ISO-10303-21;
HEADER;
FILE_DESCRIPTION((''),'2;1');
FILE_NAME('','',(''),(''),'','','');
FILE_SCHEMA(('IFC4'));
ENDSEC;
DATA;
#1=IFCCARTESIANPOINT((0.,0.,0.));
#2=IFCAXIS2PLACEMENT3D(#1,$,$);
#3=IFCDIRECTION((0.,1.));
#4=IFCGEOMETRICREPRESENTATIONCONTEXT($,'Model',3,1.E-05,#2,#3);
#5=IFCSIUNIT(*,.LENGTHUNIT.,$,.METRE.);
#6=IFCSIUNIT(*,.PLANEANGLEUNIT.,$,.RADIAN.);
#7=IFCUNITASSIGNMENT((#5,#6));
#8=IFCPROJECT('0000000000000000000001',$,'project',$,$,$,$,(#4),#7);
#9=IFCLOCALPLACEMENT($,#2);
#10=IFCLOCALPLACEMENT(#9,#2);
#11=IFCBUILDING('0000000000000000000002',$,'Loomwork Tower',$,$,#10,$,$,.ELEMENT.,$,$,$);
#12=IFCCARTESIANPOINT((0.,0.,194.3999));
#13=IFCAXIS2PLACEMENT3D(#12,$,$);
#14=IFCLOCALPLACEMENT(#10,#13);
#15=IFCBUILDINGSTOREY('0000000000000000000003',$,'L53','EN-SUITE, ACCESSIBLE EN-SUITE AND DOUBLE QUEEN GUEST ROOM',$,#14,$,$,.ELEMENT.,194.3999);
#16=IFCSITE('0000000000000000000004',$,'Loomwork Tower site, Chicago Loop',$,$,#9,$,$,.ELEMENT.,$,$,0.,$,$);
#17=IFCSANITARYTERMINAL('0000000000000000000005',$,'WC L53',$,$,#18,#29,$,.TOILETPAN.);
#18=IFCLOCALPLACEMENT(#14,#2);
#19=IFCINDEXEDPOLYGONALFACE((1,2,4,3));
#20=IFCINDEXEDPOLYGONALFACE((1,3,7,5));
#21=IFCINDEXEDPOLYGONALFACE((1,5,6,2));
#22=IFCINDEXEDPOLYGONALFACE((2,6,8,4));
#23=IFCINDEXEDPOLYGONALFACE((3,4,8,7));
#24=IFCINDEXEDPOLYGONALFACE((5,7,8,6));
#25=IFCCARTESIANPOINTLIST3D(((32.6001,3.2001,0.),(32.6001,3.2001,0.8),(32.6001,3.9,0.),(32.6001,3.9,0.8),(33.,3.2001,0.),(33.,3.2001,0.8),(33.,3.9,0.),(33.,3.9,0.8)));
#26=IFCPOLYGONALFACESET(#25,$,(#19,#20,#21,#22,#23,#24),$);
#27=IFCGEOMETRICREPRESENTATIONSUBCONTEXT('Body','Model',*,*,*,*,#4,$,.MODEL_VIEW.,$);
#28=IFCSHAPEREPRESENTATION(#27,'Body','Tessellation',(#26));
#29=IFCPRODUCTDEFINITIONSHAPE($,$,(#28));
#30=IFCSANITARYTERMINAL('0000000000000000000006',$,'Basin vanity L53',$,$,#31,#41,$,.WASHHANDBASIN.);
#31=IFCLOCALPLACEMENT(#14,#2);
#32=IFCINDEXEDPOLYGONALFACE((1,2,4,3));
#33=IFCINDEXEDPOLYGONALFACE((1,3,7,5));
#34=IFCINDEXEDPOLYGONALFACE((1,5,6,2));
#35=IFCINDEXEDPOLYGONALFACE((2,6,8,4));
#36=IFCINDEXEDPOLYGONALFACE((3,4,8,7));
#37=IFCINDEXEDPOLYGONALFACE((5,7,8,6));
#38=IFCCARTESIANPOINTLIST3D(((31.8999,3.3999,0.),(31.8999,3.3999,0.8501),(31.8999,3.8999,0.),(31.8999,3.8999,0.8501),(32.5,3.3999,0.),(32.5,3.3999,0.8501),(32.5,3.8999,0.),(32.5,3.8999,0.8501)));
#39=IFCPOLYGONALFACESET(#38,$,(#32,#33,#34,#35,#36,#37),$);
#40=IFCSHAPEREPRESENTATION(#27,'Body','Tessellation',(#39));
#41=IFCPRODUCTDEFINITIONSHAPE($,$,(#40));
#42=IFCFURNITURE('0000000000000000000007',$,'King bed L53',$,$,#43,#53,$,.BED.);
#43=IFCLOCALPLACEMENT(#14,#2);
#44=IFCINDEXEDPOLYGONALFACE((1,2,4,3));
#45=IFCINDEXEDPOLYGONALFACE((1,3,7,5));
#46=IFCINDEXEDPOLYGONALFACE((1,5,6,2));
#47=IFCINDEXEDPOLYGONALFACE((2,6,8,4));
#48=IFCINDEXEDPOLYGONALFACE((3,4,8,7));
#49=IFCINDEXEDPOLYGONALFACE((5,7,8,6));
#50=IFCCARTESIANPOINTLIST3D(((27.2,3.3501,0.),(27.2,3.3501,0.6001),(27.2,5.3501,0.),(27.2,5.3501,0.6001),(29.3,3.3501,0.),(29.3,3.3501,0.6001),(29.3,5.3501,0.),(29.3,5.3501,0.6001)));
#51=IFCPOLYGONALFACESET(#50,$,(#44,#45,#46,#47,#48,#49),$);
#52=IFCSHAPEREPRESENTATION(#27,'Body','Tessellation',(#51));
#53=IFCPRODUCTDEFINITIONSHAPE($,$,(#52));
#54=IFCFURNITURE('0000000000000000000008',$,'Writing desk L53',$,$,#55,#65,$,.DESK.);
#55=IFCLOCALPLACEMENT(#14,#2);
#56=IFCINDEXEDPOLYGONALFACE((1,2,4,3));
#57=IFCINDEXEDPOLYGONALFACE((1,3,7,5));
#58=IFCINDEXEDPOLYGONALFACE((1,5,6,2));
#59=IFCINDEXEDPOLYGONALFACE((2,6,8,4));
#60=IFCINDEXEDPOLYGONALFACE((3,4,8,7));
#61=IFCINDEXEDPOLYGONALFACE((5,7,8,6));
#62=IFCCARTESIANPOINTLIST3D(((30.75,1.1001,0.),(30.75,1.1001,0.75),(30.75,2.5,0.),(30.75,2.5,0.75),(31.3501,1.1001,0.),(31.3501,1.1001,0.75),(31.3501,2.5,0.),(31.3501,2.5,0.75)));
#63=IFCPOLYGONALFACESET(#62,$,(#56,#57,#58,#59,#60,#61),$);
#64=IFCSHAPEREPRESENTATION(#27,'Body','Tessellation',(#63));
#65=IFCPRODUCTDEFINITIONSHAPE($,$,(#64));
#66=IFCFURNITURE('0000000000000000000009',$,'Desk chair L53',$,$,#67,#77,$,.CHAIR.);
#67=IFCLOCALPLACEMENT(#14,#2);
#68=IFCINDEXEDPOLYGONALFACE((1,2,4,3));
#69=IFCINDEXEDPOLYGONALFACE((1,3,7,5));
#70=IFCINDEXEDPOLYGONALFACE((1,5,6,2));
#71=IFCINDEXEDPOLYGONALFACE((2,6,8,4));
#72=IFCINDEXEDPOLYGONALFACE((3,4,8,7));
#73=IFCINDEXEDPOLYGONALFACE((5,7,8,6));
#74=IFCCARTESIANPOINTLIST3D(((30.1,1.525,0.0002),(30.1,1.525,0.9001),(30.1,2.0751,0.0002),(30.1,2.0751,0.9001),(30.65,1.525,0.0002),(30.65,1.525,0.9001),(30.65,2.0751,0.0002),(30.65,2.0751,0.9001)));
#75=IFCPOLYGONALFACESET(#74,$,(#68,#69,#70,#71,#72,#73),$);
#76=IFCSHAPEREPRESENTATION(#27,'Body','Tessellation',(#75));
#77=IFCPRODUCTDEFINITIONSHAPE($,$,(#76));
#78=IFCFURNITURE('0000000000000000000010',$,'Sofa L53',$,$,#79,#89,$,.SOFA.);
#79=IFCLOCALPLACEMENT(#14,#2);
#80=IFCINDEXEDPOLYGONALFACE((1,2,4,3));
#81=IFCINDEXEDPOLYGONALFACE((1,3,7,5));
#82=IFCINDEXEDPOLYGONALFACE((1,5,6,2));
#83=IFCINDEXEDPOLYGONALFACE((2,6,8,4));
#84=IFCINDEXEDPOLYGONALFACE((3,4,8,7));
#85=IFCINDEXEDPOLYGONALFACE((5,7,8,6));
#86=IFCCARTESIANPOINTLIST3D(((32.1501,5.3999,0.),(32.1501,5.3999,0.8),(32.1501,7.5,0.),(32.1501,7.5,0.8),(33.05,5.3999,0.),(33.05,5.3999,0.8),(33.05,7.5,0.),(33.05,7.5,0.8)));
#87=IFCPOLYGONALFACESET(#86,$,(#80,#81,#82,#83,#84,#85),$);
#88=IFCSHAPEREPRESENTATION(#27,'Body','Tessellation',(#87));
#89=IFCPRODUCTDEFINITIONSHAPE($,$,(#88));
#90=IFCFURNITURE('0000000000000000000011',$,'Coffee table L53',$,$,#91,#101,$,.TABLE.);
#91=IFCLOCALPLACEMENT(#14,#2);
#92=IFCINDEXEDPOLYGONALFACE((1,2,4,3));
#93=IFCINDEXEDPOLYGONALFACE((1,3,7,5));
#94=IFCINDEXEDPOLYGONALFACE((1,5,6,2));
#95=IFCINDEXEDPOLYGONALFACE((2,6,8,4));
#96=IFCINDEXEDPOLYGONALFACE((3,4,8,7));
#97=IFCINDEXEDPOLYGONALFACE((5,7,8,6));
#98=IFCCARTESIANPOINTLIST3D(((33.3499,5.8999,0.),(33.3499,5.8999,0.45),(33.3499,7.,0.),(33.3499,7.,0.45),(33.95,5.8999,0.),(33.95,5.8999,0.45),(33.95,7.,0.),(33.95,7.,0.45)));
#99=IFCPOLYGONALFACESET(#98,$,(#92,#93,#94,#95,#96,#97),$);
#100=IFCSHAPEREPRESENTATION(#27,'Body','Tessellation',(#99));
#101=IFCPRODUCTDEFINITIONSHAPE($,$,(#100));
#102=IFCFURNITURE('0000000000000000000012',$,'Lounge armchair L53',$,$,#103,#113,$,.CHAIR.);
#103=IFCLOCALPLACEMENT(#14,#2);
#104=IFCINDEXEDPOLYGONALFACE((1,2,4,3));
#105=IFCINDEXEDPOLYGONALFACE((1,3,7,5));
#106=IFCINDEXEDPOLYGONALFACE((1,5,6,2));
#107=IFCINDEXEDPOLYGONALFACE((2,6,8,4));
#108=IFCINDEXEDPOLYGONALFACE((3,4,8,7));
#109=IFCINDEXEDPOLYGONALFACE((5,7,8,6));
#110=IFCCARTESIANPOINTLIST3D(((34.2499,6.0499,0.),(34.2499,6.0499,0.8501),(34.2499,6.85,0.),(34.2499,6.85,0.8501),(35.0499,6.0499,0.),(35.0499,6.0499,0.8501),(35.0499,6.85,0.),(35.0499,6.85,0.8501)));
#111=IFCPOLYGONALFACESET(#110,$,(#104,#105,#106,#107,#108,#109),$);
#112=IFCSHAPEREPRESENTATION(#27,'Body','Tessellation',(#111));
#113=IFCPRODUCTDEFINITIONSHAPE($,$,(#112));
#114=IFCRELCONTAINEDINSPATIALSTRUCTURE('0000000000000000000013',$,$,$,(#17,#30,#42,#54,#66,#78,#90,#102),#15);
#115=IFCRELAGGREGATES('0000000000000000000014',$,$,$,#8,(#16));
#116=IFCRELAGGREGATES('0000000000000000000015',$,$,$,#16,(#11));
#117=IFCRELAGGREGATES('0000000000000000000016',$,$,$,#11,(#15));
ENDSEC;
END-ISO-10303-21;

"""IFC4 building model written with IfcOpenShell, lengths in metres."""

from ifc_helpers import new_model, si_unit, direction, frame, origin, origin_2d, place, context, subcontext, project, spatial, rectangle, extrude, element, save


model = new_model("IFC4")

# Units and contexts
model_context = context("Model", 3, precision=1e-05, world=origin(), true_north=direction((0.0, 1.0)))
body_context = subcontext(model_context, "Body", "Model", "MODEL_VIEW")
ifc_project = project(units=[si_unit("LENGTHUNIT", "METRE"), si_unit("PLANEANGLEUNIT", "RADIAN")], contexts=[model_context])

# Site, building, storey
site_placement = place(None, origin())
site = spatial("IfcSite", under=ifc_project, at=site_placement, Name="Loomwork Tower site, Chicago Loop", CompositionType="ELEMENT", RefElevation=0.0)
building_placement = place(site_placement, origin())
building = spatial("IfcBuilding", under=site, at=building_placement, Name="Loomwork Tower", CompositionType="ELEMENT")
storey_placement = place(building_placement, frame((0.0, 0.0, 194.3999)))
storey = spatial("IfcBuildingStorey", under=building, at=storey_placement, Name="L53", Description="EN-SUITE, ACCESSIBLE EN-SUITE AND DOUBLE QUEEN GUEST ROOM", CompositionType="ELEMENT", Elevation=194.3999)

# Sanitary terminals
sanitary_terminal_1_placement = place(storey_placement, frame((32.8, 3.55, 0.0), z_axis=(0.0, 0.0, 1.0), x_axis=(1.0, 0.0, 0.0)))
element("IfcSanitaryTerminal", 1, at=sanitary_terminal_1_placement, inside=storey, Name="WC L53", PredefinedType="TOILETPAN", context=body_context, shape_type="SweptSolid", body=[
    extrude(rectangle(XDim=0.3999, YDim=0.7, at=origin_2d()), origin(), (0.0, 0.0, 1.0), 0.8),
])
sanitary_terminal_2_placement = place(storey_placement, frame((32.2, 3.6499, 0.0), z_axis=(0.0, 0.0, 1.0), x_axis=(1.0, 0.0, 0.0)))
element("IfcSanitaryTerminal", 2, at=sanitary_terminal_2_placement, inside=storey, Name="Basin vanity L53", PredefinedType="WASHHANDBASIN", context=body_context, shape_type="SweptSolid", body=[
    extrude(rectangle(XDim=0.6001, YDim=0.5, at=origin_2d()), origin(), (0.0, 0.0, 1.0), 0.8501),
])

# Furniture
furniture_1_placement = place(storey_placement, frame((28.25, 4.3501, 0.0), z_axis=(0.0, 0.0, 1.0), x_axis=(1.0, 0.0, 0.0)))
element("IfcFurniture", 3, at=furniture_1_placement, inside=storey, Name="King bed L53", PredefinedType="BED", context=body_context, shape_type="SweptSolid", body=[
    extrude(rectangle(XDim=2.1001, YDim=2.0, at=origin_2d()), origin(), (0.0, 0.0, 1.0), 0.6001),
])
furniture_2_placement = place(storey_placement, frame((31.05, 1.8, 0.0), z_axis=(0.0, 0.0, 1.0), x_axis=(1.0, 0.0, 0.0)))
element("IfcFurniture", 4, at=furniture_2_placement, inside=storey, Name="Writing desk L53", PredefinedType="DESK", context=body_context, shape_type="SweptSolid", body=[
    extrude(rectangle(XDim=0.6001, YDim=1.3999, at=origin_2d()), origin(), (0.0, 0.0, 1.0), 0.75),
])
furniture_3_placement = place(storey_placement, frame((30.375, 1.8, 0.0002), z_axis=(0.0, 0.0, 1.0), x_axis=(1.0, 0.0, 0.0)))
element("IfcFurniture", 5, at=furniture_3_placement, inside=storey, Name="Desk chair L53", PredefinedType="CHAIR", context=body_context, shape_type="SweptSolid", body=[
    extrude(rectangle(XDim=0.55, YDim=0.55, at=origin_2d()), origin(), (0.0, 0.0, 1.0), 0.8999),
])
furniture_4_placement = place(storey_placement, frame((32.6001, 6.45, 0.0), z_axis=(0.0, 0.0, 1.0), x_axis=(1.0, 0.0, 0.0)))
element("IfcFurniture", 6, at=furniture_4_placement, inside=storey, Name="Sofa L53", PredefinedType="SOFA", context=body_context, shape_type="SweptSolid", body=[
    extrude(rectangle(XDim=0.8999, YDim=2.1001, at=origin_2d()), origin(), (0.0, 0.0, 1.0), 0.8),
])
furniture_5_placement = place(storey_placement, frame((33.6499, 6.45, 0.0), z_axis=(0.0, 0.0, 1.0), x_axis=(1.0, 0.0, 0.0)))
element("IfcFurniture", 7, at=furniture_5_placement, inside=storey, Name="Coffee table L53", PredefinedType="TABLE", context=body_context, shape_type="SweptSolid", body=[
    extrude(rectangle(XDim=0.6001, YDim=1.1001, at=origin_2d()), origin(), (0.0, 0.0, 1.0), 0.45),
])
furniture_6_placement = place(storey_placement, frame((34.6499, 6.45, 0.0), z_axis=(0.0, 0.0, 1.0), x_axis=(1.0, 0.0, 0.0)))
element("IfcFurniture", 8, at=furniture_6_placement, inside=storey, Name="Lounge armchair L53", PredefinedType="CHAIR", context=body_context, shape_type="SweptSolid", body=[
    extrude(rectangle(XDim=0.8, YDim=0.8, at=origin_2d()), origin(), (0.0, 0.0, 1.0), 0.8501),
])

save(model, "model.ifc")
